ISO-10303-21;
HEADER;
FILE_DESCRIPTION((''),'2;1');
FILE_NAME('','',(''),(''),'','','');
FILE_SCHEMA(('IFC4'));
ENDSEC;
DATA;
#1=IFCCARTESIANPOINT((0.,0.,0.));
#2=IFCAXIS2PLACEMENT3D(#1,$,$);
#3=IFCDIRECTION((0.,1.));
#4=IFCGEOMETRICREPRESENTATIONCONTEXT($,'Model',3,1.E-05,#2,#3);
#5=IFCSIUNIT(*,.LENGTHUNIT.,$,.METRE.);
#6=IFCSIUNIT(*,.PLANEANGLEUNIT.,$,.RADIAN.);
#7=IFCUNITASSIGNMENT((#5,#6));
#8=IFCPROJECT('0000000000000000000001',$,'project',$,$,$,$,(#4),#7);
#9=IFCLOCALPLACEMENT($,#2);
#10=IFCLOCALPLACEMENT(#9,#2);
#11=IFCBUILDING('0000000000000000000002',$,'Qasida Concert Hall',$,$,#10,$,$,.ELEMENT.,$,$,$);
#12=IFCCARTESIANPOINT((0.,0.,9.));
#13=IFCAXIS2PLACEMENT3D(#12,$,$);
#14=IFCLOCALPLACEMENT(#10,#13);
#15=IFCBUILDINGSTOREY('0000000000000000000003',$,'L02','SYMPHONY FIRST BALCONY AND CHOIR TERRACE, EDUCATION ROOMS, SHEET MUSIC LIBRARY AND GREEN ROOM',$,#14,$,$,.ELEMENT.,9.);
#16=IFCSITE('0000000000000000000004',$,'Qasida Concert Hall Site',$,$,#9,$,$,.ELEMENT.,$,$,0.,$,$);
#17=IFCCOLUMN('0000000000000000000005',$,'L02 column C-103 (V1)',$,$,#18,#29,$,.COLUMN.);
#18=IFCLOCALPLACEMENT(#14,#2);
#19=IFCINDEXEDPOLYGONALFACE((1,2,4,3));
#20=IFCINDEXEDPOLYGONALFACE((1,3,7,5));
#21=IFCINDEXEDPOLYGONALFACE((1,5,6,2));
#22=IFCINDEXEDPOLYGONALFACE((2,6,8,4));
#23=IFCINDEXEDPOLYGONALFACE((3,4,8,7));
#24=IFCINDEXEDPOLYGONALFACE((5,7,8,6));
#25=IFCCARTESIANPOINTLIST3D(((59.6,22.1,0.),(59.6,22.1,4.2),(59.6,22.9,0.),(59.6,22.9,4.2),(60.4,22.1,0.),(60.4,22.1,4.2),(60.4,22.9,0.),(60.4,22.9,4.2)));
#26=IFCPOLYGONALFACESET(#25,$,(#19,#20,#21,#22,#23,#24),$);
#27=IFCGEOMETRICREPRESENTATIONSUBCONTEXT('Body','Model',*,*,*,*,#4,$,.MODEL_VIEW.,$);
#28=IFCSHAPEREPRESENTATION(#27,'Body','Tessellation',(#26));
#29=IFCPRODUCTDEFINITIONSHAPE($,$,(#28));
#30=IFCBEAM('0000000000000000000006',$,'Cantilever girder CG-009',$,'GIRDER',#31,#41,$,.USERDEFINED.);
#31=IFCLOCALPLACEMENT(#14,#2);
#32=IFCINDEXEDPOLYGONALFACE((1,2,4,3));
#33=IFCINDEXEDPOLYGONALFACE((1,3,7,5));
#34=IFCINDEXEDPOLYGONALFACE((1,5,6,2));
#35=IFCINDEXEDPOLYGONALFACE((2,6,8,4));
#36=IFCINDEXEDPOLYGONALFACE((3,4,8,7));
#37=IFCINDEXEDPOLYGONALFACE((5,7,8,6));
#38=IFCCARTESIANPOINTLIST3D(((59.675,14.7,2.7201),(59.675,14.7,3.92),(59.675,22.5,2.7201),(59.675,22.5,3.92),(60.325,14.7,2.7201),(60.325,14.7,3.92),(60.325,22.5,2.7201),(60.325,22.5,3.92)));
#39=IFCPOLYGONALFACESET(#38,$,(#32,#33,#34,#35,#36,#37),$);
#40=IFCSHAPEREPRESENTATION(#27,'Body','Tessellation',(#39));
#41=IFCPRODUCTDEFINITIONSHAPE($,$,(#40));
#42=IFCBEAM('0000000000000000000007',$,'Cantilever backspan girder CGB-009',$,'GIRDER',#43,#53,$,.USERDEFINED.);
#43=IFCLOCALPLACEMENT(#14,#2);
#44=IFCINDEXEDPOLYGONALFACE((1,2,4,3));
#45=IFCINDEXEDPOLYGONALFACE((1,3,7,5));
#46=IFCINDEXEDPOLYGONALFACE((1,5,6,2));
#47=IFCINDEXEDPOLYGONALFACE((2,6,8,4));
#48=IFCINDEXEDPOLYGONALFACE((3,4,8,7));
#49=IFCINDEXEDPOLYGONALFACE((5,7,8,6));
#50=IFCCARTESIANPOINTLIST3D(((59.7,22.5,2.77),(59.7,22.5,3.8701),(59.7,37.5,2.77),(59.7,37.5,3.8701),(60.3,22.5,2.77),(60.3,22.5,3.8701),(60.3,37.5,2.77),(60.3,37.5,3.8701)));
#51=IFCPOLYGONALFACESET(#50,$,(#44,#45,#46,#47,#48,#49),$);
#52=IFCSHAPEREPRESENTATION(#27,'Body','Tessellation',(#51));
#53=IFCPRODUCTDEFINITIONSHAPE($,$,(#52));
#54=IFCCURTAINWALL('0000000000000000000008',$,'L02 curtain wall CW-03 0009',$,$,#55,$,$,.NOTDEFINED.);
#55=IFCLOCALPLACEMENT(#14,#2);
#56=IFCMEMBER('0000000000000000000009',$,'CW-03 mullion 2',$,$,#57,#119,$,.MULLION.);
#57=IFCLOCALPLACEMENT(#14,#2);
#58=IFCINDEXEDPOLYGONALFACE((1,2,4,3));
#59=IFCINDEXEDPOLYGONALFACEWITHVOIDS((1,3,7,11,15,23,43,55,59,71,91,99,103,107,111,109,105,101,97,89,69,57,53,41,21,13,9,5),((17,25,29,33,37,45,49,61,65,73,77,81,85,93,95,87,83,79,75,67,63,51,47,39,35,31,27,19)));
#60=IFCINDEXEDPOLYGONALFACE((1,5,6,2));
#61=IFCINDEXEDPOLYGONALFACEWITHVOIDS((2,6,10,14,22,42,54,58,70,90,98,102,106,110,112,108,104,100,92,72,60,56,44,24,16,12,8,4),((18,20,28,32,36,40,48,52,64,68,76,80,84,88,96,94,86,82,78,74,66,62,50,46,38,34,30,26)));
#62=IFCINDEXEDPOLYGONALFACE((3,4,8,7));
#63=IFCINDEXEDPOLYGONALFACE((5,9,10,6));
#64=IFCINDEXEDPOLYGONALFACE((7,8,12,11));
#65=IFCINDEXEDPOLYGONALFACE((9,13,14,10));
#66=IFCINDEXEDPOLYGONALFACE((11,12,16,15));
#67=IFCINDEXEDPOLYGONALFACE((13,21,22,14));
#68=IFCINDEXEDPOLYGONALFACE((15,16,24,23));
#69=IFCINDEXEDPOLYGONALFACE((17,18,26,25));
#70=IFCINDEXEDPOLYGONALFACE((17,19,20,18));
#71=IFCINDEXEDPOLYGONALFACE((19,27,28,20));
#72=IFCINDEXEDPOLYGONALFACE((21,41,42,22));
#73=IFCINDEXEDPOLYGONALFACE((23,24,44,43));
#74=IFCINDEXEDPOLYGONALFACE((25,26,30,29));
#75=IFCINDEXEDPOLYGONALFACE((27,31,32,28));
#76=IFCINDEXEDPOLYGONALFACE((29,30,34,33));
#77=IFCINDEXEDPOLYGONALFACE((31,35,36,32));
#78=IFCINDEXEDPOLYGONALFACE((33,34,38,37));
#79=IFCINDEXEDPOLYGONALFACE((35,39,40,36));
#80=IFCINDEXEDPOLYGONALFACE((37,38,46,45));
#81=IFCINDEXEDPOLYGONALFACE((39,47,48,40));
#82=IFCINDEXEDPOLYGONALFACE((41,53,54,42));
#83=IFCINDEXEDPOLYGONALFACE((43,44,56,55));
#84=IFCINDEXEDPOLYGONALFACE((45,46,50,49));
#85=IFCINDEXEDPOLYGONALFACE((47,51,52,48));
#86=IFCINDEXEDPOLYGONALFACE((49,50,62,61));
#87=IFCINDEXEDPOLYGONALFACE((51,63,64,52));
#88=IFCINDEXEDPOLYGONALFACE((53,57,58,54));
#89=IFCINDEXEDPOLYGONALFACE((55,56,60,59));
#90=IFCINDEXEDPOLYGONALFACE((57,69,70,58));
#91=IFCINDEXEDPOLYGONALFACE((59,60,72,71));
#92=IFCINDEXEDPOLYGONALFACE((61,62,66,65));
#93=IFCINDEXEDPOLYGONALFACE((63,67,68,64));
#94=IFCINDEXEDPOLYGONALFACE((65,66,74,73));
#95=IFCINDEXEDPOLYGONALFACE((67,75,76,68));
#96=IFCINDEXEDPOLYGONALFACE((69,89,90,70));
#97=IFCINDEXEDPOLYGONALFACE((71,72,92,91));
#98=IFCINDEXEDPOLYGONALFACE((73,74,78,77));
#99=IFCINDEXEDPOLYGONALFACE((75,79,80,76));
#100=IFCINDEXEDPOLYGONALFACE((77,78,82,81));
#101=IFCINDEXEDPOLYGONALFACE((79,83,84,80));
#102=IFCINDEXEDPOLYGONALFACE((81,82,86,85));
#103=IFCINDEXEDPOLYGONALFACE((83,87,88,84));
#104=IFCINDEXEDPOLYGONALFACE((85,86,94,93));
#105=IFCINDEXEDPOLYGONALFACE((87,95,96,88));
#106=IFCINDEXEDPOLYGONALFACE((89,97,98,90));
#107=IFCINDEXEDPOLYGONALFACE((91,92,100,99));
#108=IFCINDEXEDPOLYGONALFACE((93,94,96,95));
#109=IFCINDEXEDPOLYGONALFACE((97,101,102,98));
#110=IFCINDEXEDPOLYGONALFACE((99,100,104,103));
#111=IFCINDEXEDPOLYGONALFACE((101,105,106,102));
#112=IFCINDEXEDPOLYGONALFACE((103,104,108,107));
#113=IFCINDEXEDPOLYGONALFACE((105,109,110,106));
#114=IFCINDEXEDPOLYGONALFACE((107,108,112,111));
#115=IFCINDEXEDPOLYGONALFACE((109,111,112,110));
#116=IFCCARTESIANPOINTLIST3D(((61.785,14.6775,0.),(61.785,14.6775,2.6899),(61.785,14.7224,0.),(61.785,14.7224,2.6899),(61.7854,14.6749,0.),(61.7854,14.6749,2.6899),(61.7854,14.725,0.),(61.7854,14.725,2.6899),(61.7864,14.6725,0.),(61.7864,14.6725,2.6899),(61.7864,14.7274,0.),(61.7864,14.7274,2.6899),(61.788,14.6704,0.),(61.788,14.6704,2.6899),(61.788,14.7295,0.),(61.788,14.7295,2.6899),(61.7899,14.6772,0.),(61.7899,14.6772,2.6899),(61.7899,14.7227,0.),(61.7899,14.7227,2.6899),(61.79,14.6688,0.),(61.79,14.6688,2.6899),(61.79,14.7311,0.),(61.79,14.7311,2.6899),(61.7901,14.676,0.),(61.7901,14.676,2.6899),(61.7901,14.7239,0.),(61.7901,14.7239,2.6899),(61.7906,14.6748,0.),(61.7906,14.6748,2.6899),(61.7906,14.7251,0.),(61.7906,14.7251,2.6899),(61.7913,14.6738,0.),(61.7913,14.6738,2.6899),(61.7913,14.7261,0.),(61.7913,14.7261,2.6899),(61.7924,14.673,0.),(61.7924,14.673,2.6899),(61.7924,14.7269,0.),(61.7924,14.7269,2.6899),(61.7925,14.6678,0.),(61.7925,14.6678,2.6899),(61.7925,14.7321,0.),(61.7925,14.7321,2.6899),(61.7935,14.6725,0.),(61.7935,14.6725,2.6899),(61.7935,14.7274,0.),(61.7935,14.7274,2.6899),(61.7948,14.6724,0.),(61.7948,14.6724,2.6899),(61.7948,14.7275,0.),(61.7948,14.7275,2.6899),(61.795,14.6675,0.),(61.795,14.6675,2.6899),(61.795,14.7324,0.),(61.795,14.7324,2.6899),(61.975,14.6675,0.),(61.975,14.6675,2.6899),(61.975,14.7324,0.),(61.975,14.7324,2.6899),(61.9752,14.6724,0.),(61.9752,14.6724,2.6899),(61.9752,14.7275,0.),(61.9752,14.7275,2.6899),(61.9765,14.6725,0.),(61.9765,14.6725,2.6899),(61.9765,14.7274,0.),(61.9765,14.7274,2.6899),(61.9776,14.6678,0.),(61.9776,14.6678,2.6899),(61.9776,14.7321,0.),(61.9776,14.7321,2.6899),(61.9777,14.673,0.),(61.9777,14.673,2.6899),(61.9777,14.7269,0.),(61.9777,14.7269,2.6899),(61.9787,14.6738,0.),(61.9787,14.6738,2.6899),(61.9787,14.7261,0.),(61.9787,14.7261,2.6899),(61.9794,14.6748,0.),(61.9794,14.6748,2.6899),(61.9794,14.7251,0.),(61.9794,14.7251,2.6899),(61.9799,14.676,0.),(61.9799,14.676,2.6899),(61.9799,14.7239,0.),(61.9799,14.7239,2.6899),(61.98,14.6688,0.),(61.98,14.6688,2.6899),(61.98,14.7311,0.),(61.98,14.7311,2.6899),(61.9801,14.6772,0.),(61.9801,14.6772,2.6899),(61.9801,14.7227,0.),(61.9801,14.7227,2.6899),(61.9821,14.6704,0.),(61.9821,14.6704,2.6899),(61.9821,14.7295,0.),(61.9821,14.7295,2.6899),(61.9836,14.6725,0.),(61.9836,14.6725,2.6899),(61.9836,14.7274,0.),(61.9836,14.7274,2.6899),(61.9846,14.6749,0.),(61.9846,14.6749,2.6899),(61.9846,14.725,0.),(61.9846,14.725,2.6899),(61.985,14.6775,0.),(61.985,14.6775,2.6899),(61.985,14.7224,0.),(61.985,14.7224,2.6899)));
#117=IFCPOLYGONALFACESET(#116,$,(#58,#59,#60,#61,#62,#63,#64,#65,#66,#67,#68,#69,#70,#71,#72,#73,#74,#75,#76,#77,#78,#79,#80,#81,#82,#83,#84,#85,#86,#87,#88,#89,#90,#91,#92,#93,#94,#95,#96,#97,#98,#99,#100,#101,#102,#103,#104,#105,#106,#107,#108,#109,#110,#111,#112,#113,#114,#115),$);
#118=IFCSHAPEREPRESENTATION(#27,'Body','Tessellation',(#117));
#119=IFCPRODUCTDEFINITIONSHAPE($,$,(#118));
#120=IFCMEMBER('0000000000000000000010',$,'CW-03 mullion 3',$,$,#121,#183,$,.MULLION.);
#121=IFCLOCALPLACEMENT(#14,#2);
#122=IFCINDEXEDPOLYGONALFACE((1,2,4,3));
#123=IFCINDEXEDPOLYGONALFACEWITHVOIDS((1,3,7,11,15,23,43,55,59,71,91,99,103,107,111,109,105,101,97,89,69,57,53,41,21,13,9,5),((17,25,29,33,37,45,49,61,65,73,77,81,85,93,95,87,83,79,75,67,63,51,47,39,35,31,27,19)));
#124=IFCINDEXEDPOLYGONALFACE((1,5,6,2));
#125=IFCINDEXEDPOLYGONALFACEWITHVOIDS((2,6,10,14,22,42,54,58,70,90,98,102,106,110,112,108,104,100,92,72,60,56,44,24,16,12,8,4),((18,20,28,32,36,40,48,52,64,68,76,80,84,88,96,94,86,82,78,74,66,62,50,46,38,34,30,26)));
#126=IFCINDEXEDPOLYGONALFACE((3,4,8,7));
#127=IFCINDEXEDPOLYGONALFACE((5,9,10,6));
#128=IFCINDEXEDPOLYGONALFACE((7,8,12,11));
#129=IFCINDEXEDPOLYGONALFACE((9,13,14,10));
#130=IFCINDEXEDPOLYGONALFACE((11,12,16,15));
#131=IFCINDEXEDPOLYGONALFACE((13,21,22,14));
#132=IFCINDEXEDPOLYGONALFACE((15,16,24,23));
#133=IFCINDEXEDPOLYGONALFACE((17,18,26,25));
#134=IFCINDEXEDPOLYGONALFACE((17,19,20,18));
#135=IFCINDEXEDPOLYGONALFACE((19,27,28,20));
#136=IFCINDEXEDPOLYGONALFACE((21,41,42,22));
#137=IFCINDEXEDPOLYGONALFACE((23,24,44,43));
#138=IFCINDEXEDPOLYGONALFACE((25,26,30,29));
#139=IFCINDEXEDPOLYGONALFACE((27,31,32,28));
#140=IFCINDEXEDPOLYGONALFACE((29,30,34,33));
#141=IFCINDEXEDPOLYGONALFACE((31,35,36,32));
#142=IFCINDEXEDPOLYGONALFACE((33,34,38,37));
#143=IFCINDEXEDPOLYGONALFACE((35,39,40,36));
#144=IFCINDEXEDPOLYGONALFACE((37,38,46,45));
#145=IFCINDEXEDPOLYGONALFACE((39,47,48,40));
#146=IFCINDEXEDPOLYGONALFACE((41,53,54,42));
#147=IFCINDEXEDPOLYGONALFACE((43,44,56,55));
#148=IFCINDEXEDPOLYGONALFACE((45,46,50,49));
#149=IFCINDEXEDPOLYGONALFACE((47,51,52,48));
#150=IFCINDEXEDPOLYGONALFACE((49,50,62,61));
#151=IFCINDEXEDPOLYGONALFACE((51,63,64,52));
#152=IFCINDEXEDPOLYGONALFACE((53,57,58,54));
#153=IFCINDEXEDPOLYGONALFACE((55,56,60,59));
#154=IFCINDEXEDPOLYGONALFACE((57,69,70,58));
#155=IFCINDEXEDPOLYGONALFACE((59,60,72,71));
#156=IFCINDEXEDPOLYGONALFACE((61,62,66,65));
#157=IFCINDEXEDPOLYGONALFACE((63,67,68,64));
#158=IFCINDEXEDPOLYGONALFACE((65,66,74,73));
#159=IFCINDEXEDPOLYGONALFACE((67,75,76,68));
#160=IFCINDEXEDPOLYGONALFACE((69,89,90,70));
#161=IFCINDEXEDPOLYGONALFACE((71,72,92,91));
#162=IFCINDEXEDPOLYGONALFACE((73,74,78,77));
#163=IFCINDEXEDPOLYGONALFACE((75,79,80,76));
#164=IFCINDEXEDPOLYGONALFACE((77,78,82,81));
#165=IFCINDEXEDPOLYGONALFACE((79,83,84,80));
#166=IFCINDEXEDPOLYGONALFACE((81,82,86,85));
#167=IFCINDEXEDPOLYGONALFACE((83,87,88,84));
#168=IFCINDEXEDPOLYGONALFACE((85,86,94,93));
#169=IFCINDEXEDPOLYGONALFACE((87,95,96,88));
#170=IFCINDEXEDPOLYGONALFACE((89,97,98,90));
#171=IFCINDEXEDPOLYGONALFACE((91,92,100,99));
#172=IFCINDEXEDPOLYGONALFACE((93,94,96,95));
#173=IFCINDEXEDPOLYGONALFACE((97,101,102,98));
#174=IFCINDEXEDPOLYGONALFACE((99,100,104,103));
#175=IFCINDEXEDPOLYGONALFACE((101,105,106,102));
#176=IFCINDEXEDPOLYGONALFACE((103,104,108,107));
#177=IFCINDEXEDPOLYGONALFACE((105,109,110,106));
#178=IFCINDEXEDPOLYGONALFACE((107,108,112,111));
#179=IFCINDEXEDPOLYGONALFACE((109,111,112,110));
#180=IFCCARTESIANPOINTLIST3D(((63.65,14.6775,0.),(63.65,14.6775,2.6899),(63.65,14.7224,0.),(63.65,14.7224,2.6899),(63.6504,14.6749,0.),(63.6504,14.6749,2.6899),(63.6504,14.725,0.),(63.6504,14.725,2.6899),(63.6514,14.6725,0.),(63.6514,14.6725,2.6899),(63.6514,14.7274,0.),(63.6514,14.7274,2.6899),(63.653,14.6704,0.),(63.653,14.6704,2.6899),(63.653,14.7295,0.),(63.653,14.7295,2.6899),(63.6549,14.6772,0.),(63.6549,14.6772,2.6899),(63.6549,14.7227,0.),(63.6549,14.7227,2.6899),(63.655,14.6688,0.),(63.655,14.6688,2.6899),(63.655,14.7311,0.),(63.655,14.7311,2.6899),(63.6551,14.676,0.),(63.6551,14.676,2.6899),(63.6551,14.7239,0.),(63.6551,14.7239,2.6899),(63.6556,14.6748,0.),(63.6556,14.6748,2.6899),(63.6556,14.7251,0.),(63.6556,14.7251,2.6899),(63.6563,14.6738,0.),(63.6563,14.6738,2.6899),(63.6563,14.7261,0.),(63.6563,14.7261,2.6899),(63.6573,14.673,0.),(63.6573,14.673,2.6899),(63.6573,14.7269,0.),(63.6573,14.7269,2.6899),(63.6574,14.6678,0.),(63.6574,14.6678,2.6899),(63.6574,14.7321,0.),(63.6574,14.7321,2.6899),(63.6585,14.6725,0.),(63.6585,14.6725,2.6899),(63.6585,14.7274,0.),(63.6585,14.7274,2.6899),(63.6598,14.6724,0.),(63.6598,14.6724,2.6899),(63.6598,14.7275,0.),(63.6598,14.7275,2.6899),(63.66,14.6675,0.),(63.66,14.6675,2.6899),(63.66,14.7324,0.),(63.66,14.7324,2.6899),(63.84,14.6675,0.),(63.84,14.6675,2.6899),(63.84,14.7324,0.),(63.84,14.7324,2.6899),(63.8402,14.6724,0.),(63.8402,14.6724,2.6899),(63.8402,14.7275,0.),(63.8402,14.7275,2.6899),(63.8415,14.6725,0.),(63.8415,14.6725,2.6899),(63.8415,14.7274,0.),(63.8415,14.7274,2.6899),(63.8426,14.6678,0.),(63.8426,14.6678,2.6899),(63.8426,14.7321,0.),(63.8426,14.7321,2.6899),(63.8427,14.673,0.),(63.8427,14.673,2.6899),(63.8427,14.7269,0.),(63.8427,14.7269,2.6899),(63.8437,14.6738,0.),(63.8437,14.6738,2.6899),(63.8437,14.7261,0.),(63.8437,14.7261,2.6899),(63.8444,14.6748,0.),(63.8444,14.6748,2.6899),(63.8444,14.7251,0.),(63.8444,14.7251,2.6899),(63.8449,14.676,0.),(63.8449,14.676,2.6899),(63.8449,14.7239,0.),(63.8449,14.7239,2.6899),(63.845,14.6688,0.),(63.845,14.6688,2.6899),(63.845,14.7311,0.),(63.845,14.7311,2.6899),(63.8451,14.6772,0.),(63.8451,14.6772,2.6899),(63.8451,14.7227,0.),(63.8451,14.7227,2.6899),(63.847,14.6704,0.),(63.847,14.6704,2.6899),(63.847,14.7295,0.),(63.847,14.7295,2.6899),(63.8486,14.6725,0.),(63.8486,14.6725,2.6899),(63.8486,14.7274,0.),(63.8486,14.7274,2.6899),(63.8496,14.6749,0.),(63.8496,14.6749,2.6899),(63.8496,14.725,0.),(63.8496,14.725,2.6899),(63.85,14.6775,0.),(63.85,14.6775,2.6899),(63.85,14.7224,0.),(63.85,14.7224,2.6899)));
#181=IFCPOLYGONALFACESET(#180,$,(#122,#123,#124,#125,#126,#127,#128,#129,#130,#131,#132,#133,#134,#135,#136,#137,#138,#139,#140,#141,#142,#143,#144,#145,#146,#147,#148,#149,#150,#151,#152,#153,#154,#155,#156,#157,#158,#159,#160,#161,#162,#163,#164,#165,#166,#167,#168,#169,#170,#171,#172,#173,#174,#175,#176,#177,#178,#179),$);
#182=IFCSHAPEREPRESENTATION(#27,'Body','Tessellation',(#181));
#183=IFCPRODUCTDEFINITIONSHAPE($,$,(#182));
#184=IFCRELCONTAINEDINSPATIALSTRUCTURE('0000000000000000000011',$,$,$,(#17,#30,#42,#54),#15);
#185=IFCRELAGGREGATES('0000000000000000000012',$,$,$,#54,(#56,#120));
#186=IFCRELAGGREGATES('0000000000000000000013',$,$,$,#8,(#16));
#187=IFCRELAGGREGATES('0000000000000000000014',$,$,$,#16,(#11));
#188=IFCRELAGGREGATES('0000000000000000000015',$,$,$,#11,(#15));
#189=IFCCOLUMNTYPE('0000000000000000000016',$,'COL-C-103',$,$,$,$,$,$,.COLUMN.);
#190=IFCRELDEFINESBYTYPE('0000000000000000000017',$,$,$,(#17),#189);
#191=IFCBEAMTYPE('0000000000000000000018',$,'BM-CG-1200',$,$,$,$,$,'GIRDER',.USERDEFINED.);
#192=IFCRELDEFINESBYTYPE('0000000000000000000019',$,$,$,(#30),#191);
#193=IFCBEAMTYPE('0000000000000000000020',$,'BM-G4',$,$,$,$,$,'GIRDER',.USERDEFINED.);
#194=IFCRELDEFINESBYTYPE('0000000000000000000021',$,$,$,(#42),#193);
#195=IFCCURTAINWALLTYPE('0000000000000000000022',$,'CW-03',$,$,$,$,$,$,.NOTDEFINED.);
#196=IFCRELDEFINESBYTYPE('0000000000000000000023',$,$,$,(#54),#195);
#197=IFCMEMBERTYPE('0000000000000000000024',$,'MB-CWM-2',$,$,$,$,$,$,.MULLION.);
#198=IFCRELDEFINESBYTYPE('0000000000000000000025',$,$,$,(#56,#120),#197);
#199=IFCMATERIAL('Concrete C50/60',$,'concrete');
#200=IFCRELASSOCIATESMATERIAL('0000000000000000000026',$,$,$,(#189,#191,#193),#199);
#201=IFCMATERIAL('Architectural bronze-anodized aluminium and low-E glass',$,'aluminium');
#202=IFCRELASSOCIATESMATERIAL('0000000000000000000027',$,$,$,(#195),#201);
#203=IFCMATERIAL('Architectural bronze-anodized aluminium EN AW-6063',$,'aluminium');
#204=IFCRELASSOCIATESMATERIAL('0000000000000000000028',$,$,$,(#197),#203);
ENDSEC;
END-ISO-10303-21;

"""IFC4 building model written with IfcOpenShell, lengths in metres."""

from ifc_helpers import new_model, si_unit, direction, frame, origin, origin_2d, place, context, subcontext, project, spatial, rectangle, hollow_rectangle, extrude, material, material_profile, profile_set, type_object, element, aggregate, save


model = new_model("IFC4")

# Units and contexts
model_context = context("Model", 3, precision=1e-05, world=origin(), true_north=direction((0.0, 1.0)))
body_context = subcontext(model_context, "Body", "Model", "MODEL_VIEW")
ifc_project = project(units=[si_unit("LENGTHUNIT", "METRE"), si_unit("PLANEANGLEUNIT", "RADIAN")], contexts=[model_context])

# Site, building, storey
site_placement = place(None, origin())
site = spatial("IfcSite", under=ifc_project, at=site_placement, Name="Qasida Concert Hall Site", CompositionType="ELEMENT", RefElevation=0.0)
building_placement = place(site_placement, origin())
building = spatial("IfcBuilding", under=site, at=building_placement, Name="Qasida Concert Hall", CompositionType="ELEMENT")
storey_placement = place(building_placement, frame((0.0, 0.0, 9.0)))
storey = spatial("IfcBuildingStorey", under=building, at=storey_placement, Name="L02", Description="SYMPHONY FIRST BALCONY AND CHOIR TERRACE, EDUCATION ROOMS, SHEET MUSIC LIBRARY AND GREEN ROOM", CompositionType="ELEMENT", Elevation=9.0)

# Column
ifc_material_1 = material(Name="Concrete C50/60", Category="concrete")
ifc_material_profile_1 = material_profile(ifc_material_1, rectangle(XDim=0.8, YDim=0.8, at=origin_2d()), Name="RC 800x800")
ifc_profile_set_1 = profile_set([ifc_material_profile_1], Name="Concrete C50/60")
column_type = type_object("IfcColumnType", Name="COL-C-103", PredefinedType="COLUMN", material=ifc_profile_set_1)
column_placement = place(storey_placement, frame((60.0, 22.5, 0.0), z_axis=(0.0, 0.0, 1.0), x_axis=(1.0, 0.0, 0.0)))
element("IfcColumn", 1, at=column_placement, inside=storey, type_object=column_type, Name="L02 column C-103 (V1)", PredefinedType="COLUMN", context=body_context, shape_type="SweptSolid", body=[
    extrude(rectangle(XDim=0.8, YDim=0.8, at=origin_2d()), origin(), (0.0, 0.0, 1.0), 4.2),
])

# Beams
ifc_material_profile_2 = material_profile(ifc_material_1, rectangle(XDim=0.6499, YDim=1.2, at=origin_2d()), Name="RC 650x1200")
ifc_profile_set_2 = profile_set([ifc_material_profile_2], Name="Concrete C50/60")
beam_type_1 = type_object("IfcBeamType", Name="BM-CG-1200", ElementType="GIRDER", PredefinedType="USERDEFINED", material=ifc_profile_set_2)
beam_1_placement = place(storey_placement, frame((60.0, 22.5, 3.3201), z_axis=(0.0, -1.0, 0.0), x_axis=(1.0, 0.0, 0.0)))
element("IfcBeam", 2, at=beam_1_placement, inside=storey, type_object=beam_type_1, Name="Cantilever girder CG-009", ObjectType="GIRDER", PredefinedType="USERDEFINED", context=body_context, shape_type="SweptSolid", body=[
    extrude(rectangle(XDim=0.6499, YDim=1.2, at=origin_2d()), origin(), (0.0, 0.0, 1.0), 7.8),
])
ifc_material_profile_3 = material_profile(ifc_material_1, rectangle(XDim=0.6001, YDim=1.1001, at=origin_2d()), Name="RC 600x1100")
ifc_profile_set_3 = profile_set([ifc_material_profile_3], Name="Concrete C50/60")
beam_type_2 = type_object("IfcBeamType", Name="BM-G4", ElementType="GIRDER", PredefinedType="USERDEFINED", material=ifc_profile_set_3)
beam_2_placement = place(storey_placement, frame((60.0, 22.5, 3.3201), z_axis=(0.0, 1.0, 0.0), x_axis=(-1.0, 0.0, 0.0)))
element("IfcBeam", 3, at=beam_2_placement, inside=storey, type_object=beam_type_2, Name="Cantilever backspan girder CGB-009", ObjectType="GIRDER", PredefinedType="USERDEFINED", context=body_context, shape_type="SweptSolid", body=[
    extrude(rectangle(XDim=0.6001, YDim=1.1001, at=origin_2d()), origin(), (0.0, 0.0, 1.0), 15.0),
])

# Curtain wall, members
ifc_material_2 = material(Name="Architectural bronze-anodized aluminium and low-E glass", Category="aluminium")
curtain_wall_type = type_object("IfcCurtainWallType", Name="CW-03", PredefinedType="NOTDEFINED", material=ifc_material_2)
curtain_wall_placement = place(storey_placement, origin())
curtain_wall = element("IfcCurtainWall", 4, at=curtain_wall_placement, inside=storey, type_object=curtain_wall_type, Name="L02 curtain wall CW-03 0009", PredefinedType="NOTDEFINED")
ifc_material_3 = material(Name="Architectural bronze-anodized aluminium EN AW-6063", Category="aluminium")
ifc_material_profile_4 = material_profile(ifc_material_3, hollow_rectangle(XDim=0.0649, YDim=0.2, WallThickness=0.0049, InnerFilletRadius=0.0049, OuterFilletRadius=0.01, at=origin_2d()), Name="CWM 200x65x5")
ifc_profile_set_4 = profile_set([ifc_material_profile_4], Name="Architectural bronze-anodized aluminium EN AW-6063")
member_type_1 = type_object("IfcMemberType", Name="MB-CWM-2", PredefinedType="MULLION", material=ifc_profile_set_4)
member_1_placement = place(storey_placement, frame((61.885, 14.7, 0.0), z_axis=(0.0, 0.0, 1.0), x_axis=(0.0, 1.0, 0.0)))
member_1 = element("IfcMember", 5, at=member_1_placement, type_object=member_type_1, Name="CW-03 mullion 2", PredefinedType="MULLION", context=body_context, shape_type="SweptSolid", body=[
    extrude(hollow_rectangle(XDim=0.0649, YDim=0.2, WallThickness=0.0049, InnerFilletRadius=0.0049, OuterFilletRadius=0.01, at=origin_2d()), origin(), (0.0, 0.0, 1.0), 2.6899),
])
member_2_placement = place(storey_placement, frame((63.75, 14.7, 0.0), z_axis=(0.0, 0.0, 1.0), x_axis=(0.0, 1.0, 0.0)))
member_2 = element("IfcMember", 6, at=member_2_placement, type_object=member_type_1, Name="CW-03 mullion 3", PredefinedType="MULLION", context=body_context, shape_type="SweptSolid", body=[
    extrude(hollow_rectangle(XDim=0.0649, YDim=0.2, WallThickness=0.0049, InnerFilletRadius=0.0049, OuterFilletRadius=0.01, at=origin_2d()), origin(), (0.0, 0.0, 1.0), 2.6899),
])
aggregate(curtain_wall, [member_1, member_2])

save(model, "model.ifc")
